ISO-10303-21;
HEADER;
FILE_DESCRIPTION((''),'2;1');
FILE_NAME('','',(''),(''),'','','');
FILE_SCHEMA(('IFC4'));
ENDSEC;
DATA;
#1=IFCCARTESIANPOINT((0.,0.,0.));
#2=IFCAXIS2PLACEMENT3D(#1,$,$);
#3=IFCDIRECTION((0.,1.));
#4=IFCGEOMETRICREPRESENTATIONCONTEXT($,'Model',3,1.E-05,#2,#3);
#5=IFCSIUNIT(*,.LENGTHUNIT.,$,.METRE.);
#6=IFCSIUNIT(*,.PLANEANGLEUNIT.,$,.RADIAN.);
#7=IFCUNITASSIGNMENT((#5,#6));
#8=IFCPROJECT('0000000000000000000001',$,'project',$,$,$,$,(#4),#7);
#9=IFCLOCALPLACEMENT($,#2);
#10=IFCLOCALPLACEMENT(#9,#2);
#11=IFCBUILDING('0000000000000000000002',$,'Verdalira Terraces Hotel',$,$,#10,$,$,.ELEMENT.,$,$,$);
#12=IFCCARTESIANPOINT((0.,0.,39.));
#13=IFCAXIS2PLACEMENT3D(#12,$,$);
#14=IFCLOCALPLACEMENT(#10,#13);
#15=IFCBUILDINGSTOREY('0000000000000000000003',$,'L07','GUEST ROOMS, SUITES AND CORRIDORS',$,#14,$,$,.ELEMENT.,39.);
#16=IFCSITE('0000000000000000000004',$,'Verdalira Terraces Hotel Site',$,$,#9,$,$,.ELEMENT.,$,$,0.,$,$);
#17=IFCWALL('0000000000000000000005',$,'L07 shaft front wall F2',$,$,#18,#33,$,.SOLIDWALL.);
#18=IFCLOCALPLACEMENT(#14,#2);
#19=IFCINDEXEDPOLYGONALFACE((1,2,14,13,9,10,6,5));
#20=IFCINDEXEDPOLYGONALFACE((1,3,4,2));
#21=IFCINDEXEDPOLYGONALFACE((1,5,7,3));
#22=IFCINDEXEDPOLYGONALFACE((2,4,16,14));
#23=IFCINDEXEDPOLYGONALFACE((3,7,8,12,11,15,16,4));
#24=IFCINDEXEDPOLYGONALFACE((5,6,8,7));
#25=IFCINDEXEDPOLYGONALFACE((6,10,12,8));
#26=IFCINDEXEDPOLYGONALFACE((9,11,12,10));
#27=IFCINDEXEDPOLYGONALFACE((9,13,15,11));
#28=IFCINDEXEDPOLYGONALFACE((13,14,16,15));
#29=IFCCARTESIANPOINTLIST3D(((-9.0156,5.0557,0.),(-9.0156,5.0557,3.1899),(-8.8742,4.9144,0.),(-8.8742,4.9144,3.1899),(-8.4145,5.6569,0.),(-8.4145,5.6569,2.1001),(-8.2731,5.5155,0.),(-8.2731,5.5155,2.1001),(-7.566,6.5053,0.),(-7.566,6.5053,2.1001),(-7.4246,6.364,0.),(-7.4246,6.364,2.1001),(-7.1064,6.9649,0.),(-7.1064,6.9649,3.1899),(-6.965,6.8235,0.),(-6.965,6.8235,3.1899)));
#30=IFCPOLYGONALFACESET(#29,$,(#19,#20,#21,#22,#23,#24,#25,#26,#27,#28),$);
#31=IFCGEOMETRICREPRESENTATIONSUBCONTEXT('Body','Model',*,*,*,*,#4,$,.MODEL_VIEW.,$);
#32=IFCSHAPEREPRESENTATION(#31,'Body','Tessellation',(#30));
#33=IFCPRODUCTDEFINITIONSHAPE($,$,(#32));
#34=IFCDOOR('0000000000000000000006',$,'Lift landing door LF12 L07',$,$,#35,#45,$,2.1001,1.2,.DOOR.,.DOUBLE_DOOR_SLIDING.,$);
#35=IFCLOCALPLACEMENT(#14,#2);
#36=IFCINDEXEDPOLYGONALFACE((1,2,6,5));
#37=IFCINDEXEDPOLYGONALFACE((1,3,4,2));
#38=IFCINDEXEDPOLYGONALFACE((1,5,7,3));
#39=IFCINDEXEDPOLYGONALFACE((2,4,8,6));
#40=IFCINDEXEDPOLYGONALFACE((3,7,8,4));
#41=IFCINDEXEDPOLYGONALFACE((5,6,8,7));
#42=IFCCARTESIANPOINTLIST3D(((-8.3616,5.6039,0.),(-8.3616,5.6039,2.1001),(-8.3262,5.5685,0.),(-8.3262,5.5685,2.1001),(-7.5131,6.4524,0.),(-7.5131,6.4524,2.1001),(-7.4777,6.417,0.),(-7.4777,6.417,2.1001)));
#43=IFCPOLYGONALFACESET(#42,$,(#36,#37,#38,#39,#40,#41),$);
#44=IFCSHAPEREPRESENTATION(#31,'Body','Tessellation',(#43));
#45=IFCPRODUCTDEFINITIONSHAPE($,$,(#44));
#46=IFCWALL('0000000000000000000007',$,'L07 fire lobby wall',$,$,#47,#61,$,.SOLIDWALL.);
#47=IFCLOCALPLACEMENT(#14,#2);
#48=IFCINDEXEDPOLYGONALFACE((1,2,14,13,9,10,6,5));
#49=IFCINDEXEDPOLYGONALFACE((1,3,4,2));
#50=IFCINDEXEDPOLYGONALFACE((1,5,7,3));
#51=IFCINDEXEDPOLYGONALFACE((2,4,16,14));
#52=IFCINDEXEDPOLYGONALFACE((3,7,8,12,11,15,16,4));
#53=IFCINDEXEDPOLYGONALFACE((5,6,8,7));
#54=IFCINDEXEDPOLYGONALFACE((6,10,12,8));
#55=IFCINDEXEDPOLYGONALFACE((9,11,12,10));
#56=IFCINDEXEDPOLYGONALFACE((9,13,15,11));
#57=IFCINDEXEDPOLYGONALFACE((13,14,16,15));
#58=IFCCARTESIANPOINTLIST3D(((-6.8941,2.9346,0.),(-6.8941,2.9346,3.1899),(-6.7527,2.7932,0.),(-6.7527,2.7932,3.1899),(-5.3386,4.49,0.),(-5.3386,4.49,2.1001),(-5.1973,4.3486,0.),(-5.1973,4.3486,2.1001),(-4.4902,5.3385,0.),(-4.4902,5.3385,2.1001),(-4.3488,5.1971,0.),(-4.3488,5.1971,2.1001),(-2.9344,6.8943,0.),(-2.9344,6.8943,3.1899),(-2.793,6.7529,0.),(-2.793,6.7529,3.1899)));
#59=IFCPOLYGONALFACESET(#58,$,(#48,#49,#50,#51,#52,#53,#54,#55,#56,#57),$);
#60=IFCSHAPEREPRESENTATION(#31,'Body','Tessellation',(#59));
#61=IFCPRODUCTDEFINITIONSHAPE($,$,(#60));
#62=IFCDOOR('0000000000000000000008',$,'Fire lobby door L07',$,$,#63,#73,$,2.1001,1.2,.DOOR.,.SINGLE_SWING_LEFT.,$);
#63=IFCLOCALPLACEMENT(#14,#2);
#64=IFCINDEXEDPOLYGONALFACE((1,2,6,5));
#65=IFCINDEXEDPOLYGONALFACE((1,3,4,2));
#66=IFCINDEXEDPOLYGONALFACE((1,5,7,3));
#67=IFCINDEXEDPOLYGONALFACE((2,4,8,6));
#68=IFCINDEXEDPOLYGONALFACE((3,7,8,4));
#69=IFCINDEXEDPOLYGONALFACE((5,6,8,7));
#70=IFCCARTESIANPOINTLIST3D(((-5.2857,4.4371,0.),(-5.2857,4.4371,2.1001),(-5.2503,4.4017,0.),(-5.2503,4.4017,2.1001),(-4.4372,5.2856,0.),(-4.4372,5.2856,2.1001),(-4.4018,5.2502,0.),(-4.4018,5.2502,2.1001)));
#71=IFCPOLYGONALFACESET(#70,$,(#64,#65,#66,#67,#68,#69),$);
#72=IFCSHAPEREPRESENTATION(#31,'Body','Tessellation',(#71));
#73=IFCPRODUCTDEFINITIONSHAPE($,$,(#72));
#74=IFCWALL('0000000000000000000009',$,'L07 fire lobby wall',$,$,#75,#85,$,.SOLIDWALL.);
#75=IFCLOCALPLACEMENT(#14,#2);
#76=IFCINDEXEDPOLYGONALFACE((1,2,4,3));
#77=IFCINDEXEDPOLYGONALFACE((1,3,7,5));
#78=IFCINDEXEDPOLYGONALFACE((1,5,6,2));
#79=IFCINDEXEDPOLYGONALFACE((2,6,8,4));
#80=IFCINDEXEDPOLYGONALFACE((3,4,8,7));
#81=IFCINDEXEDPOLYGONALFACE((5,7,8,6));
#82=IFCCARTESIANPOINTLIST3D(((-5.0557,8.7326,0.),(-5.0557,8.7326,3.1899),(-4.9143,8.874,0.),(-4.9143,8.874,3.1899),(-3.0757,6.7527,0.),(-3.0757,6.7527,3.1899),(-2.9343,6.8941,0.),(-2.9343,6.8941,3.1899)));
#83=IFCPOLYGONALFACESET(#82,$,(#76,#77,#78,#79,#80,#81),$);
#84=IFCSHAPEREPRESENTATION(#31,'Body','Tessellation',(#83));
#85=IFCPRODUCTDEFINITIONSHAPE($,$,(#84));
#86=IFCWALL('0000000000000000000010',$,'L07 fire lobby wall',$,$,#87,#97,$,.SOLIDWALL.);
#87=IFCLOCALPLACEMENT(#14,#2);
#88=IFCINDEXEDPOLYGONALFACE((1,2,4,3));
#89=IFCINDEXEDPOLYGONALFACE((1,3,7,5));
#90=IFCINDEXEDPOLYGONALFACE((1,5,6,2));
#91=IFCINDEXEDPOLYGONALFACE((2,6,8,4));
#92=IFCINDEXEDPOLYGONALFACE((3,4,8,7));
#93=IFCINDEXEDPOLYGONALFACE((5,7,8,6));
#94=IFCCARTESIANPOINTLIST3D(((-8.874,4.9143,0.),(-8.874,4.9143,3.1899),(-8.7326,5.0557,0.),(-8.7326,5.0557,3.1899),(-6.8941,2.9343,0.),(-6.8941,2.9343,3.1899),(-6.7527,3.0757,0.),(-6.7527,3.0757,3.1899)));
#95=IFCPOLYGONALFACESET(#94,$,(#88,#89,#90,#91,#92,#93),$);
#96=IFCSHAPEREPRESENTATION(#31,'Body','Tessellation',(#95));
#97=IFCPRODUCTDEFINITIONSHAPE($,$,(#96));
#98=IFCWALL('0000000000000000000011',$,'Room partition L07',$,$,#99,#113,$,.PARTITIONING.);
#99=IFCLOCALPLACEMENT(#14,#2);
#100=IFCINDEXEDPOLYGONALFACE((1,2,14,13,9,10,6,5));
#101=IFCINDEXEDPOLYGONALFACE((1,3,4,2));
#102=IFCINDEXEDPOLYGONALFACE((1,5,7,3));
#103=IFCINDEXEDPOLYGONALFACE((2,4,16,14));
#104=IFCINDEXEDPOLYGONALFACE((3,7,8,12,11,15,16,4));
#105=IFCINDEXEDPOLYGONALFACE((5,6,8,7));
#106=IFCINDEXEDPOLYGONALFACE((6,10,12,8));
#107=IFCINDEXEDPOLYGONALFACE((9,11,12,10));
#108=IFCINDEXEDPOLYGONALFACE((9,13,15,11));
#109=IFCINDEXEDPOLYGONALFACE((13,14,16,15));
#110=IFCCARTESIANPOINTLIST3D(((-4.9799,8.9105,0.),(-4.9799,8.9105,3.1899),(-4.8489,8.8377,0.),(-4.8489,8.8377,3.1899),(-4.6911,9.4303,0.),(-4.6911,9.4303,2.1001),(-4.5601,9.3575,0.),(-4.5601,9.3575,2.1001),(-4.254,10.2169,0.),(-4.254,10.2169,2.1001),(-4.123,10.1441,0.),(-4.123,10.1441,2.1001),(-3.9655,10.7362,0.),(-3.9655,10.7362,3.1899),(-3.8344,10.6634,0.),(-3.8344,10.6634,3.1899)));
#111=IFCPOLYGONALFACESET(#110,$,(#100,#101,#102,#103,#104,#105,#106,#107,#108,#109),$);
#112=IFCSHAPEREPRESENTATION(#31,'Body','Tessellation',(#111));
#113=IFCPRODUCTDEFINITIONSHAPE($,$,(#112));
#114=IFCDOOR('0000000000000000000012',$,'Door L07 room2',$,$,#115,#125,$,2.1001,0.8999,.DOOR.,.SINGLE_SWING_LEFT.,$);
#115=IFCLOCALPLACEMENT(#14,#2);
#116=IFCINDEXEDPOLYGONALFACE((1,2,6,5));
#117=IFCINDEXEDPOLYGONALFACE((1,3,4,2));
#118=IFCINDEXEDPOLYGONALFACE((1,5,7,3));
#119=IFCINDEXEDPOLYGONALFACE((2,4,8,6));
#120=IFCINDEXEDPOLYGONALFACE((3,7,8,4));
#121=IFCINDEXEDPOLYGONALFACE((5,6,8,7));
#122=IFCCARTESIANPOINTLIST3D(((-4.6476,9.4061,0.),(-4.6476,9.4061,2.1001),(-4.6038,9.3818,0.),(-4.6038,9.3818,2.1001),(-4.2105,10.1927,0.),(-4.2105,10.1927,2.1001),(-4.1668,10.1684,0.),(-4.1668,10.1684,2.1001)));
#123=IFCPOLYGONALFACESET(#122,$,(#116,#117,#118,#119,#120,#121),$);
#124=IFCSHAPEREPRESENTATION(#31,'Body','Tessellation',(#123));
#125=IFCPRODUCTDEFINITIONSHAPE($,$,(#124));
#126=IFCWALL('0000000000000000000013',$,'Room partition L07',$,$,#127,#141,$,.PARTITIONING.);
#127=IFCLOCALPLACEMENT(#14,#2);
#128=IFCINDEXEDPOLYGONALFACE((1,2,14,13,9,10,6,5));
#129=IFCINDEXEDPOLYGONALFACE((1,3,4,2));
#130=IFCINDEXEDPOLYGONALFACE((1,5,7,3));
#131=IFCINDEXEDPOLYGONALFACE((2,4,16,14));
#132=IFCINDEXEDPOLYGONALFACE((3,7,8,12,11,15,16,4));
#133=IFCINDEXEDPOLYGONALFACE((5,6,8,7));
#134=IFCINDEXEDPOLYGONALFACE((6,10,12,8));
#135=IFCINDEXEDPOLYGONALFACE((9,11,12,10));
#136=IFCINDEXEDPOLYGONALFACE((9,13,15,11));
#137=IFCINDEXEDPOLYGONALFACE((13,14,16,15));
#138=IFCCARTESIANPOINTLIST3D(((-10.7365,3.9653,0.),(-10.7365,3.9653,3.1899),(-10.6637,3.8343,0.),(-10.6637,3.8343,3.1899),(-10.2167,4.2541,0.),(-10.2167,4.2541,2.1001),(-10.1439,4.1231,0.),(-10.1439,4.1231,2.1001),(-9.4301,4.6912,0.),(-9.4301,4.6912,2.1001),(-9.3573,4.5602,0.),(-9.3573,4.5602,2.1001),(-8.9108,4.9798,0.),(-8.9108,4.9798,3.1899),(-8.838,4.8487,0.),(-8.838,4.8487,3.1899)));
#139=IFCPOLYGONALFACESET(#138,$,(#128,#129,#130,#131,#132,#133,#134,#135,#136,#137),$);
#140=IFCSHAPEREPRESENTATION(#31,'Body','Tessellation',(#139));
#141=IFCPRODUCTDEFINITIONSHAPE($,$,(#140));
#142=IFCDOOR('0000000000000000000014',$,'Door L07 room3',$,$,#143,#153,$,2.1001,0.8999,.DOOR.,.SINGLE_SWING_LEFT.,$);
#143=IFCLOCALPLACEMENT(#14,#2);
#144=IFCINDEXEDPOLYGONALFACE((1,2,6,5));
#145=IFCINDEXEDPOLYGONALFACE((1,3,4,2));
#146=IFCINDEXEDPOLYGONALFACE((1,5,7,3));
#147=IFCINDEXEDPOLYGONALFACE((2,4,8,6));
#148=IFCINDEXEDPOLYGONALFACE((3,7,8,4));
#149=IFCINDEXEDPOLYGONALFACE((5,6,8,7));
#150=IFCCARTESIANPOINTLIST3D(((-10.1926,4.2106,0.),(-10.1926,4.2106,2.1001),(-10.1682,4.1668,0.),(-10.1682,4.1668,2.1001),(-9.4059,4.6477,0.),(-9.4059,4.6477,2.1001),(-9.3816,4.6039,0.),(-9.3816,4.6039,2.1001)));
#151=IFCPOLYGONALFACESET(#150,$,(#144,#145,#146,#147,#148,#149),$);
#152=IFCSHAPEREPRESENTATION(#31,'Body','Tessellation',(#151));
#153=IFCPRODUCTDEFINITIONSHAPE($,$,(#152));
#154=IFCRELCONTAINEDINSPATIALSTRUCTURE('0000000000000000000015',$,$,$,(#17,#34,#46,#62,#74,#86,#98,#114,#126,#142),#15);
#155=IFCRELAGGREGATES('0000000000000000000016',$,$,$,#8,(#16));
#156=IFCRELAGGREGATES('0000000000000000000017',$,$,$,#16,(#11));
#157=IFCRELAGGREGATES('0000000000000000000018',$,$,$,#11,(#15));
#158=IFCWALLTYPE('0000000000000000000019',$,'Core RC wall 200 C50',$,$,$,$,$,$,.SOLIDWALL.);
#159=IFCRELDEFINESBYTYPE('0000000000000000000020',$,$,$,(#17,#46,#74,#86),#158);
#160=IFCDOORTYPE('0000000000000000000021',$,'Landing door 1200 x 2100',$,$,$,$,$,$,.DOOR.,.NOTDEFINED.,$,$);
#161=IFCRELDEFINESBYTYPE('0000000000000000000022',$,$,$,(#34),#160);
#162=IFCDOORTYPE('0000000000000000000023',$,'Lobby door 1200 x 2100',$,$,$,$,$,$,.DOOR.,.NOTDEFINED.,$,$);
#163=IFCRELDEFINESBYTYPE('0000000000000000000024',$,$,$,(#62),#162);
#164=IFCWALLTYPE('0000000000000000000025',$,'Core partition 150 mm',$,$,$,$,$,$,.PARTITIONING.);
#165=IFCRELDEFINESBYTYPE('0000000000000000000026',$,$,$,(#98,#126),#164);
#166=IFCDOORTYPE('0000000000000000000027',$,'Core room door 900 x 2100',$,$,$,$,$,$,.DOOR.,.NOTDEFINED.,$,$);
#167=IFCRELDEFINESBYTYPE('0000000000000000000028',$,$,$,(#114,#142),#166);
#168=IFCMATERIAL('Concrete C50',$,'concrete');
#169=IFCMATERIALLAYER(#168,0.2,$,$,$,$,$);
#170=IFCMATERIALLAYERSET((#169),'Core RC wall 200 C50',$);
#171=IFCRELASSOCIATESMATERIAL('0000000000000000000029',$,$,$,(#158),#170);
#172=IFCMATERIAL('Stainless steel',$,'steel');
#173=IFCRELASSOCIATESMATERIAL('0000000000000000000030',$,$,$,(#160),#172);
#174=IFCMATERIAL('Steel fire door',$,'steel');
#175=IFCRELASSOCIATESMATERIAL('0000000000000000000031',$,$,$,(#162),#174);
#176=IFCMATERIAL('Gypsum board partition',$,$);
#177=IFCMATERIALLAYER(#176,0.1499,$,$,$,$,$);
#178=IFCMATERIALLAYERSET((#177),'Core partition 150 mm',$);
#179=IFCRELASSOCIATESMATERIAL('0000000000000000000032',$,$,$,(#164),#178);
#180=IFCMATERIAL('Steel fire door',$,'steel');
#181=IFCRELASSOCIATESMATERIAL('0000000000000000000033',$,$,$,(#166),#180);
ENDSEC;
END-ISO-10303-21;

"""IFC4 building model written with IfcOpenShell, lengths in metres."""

from ifc_helpers import new_model, si_unit, direction, frame, frame_2d, origin, place, context, subcontext, project, spatial, rectangle, extrude, material, layer, layer_set, type_object, element, fill, save


model = new_model("IFC4")

# Units and contexts
model_context = context("Model", 3, precision=1e-05, world=origin(), true_north=direction((0.0, 1.0)))
body_context = subcontext(model_context, "Body", "Model", "MODEL_VIEW")
ifc_project = project(units=[si_unit("LENGTHUNIT", "METRE"), si_unit("PLANEANGLEUNIT", "RADIAN")], contexts=[model_context])

# Site, building, storey
site_placement = place(None, origin())
site = spatial("IfcSite", under=ifc_project, at=site_placement, Name="Verdalira Terraces Hotel Site", CompositionType="ELEMENT", RefElevation=0.0)
building_placement = place(site_placement, origin())
building = spatial("IfcBuilding", under=site, at=building_placement, Name="Verdalira Terraces Hotel", CompositionType="ELEMENT")
storey_placement = place(building_placement, frame((0.0, 0.0, 39.0)))
storey = spatial("IfcBuildingStorey", under=building, at=storey_placement, Name="L07", Description="GUEST ROOMS, SUITES AND CORRIDORS", CompositionType="ELEMENT", Elevation=39.0)

# Walls, openings, doors
ifc_material_1 = material(Name="Concrete C50", Category="concrete")
ifc_layer_1 = layer(ifc_material_1, 0.2)
ifc_layer_set_1 = layer_set([ifc_layer_1], Name="Core RC wall 200 C50")
wall_type_1 = type_object("IfcWallType", Name="Core RC wall 200 C50", PredefinedType="SOLIDWALL", material=ifc_layer_set_1)
ifc_material_2 = material(Name="Stainless steel", Category="steel")
door_type_1 = type_object("IfcDoorType", Name="Landing door 1200 x 2100", OperationType="NOTDEFINED", PredefinedType="DOOR", material=ifc_material_2)
wall_1_placement = place(storey_placement, frame((-7.0356, 6.8943, 0.0), z_axis=(0.0, 0.0, 1.0), x_axis=(-0.707107, -0.707107, 0.0)))
wall_1 = element("IfcWall", 1, at=wall_1_placement, inside=storey, type_object=wall_type_1, Name="L07 shaft front wall F2", PredefinedType="SOLIDWALL", context=body_context, shape_type="SweptSolid", body=[
    extrude(rectangle(XDim=2.7, YDim=0.2, at=frame_2d((1.3501, 0.0))), origin(), (0.0, 0.0, 1.0), 3.1899),
])
opening_1_placement = place(wall_1_placement, frame((0.6499, 0.0, 0.0)))
opening_1 = element("IfcOpeningElement", 2, at=opening_1_placement, cuts=wall_1, PredefinedType="OPENING", context=body_context, shape_type="SweptSolid", body=[
    extrude(rectangle(XDim=1.2, YDim=2.1001, at=frame_2d((0.6001, 1.05))), frame((0.0, 0.1099, 0.0), z_axis=(0.0, -1.0, 0.0), x_axis=(1.0, 0.0, 0.0)), (0.0, 0.0, 1.0), 0.22),
])
door_1_placement = place(opening_1_placement, origin())
door_1 = element("IfcDoor", 3, at=door_1_placement, inside=storey, type_object=door_type_1, Name="Lift landing door LF12 L07", OperationType="DOUBLE_DOOR_SLIDING", OverallHeight=2.1001, OverallWidth=1.2, PredefinedType="DOOR", context=body_context, shape_type="SweptSolid", body=[
    extrude(rectangle(XDim=1.2, YDim=2.1001, at=frame_2d((0.6001, 1.05))), frame((0.0, 0.0249, 0.0), z_axis=(0.0, -1.0, 0.0), x_axis=(1.0, 0.0, 0.0)), (0.0, 0.0, 1.0), 0.05),
])
fill(opening_1, door_1)
wall_2_placement = place(storey_placement, frame((-2.8638, 6.8235, 0.0), z_axis=(0.0, 0.0, 1.0), x_axis=(-0.707107, -0.707107, 0.0)))
wall_2 = element("IfcWall", 4, at=wall_2_placement, inside=storey, type_object=wall_type_1, Name="L07 fire lobby wall", PredefinedType="SOLIDWALL", context=body_context, shape_type="SweptSolid", body=[
    extrude(rectangle(XDim=5.5999, YDim=0.2, at=frame_2d((2.7998, 0.0))), origin(), (0.0, 0.0, 1.0), 3.1899),
])
opening_2_placement = place(wall_2_placement, frame((2.2, 0.0, 0.0)))
opening_2 = element("IfcOpeningElement", 5, at=opening_2_placement, cuts=wall_2, PredefinedType="OPENING", context=body_context, shape_type="SweptSolid", body=[
    extrude(rectangle(XDim=1.2, YDim=2.1001, at=frame_2d((0.6001, 1.05))), frame((0.0, 0.1099, 0.0), z_axis=(0.0, -1.0, 0.0), x_axis=(1.0, 0.0, 0.0)), (0.0, 0.0, 1.0), 0.22),
])
ifc_material_3 = material(Name="Steel fire door", Category="steel")
door_type_2 = type_object("IfcDoorType", Name="Lobby door 1200 x 2100", OperationType="NOTDEFINED", PredefinedType="DOOR", material=ifc_material_3)
door_2_placement = place(opening_2_placement, origin())
door_2 = element("IfcDoor", 6, at=door_2_placement, inside=storey, type_object=door_type_2, Name="Fire lobby door L07", OperationType="SINGLE_SWING_LEFT", OverallHeight=2.1001, OverallWidth=1.2, PredefinedType="DOOR", context=body_context, shape_type="SweptSolid", body=[
    extrude(rectangle(XDim=1.2, YDim=2.1001, at=frame_2d((0.6001, 1.05))), frame((0.0, 0.0249, 0.0), z_axis=(0.0, -1.0, 0.0), x_axis=(1.0, 0.0, 0.0)), (0.0, 0.0, 1.0), 0.05),
])
fill(opening_2, door_2)

# Walls
for number, where, z_axis, x_axis, name in (
    (7, (-3.0051, 6.8235, 0.0), (0.0, 0.0, 1.0), (-0.707107, 0.707107, 0.0), "L07 fire lobby wall"),
    (8, (-6.8235, 3.0051, 0.0), (0.0, 0.0, 1.0), (-0.707107, 0.707107, 0.0), "L07 fire lobby wall"),
):
    element("IfcWall", number, at=place(storey_placement, frame(where, z_axis=z_axis, x_axis=x_axis)), inside=storey, type_object=wall_type_1, Name=name, PredefinedType="SOLIDWALL", context=body_context, shape_type="SweptSolid", body=[
        extrude(rectangle(XDim=2.8, YDim=0.2, at=frame_2d((1.3999, 0.0))), origin(), (0.0, 0.0, 1.0), 3.1899),
    ])

# Walls, openings, doors
ifc_material_4 = material(Name="Gypsum board partition")
ifc_layer_2 = layer(ifc_material_4, 0.1499)
ifc_layer_set_2 = layer_set([ifc_layer_2], Name="Core partition 150 mm")
wall_type_2 = type_object("IfcWallType", Name="Core partition 150 mm", PredefinedType="PARTITIONING", material=ifc_layer_set_2)
wall_3_placement = place(storey_placement, frame((-3.8999, 10.7, 0.0), z_axis=(0.0, 0.0, 1.0), x_axis=(-0.485693, -0.87413, 0.0)))
wall_3 = element("IfcWall", 9, at=wall_3_placement, inside=storey, type_object=wall_type_2, Name="Room partition L07", PredefinedType="PARTITIONING", context=body_context, shape_type="SweptSolid", body=[
    extrude(rectangle(XDim=2.0886, YDim=0.1499, at=frame_2d((1.0444, 0.0))), origin(), (0.0, 0.0, 1.0), 3.1899),
])
opening_3_placement = place(wall_3_placement, frame((0.5942, 0.0, 0.0)))
opening_3 = element("IfcOpeningElement", 10, at=opening_3_placement, cuts=wall_3, PredefinedType="OPENING", context=body_context, shape_type="SweptSolid", body=[
    extrude(rectangle(XDim=0.8999, YDim=2.1001, at=frame_2d((0.45, 1.05))), frame((0.0, 0.085, 0.0), z_axis=(0.0, -1.0, 0.0), x_axis=(1.0, 0.0, 0.0)), (0.0, 0.0, 1.0), 0.1699),
])
ifc_material_5 = material(Name="Steel fire door", Category="steel")
door_type_3 = type_object("IfcDoorType", Name="Core room door 900 x 2100", OperationType="NOTDEFINED", PredefinedType="DOOR", material=ifc_material_5)
door_3_placement = place(opening_3_placement, origin())
door_3 = element("IfcDoor", 11, at=door_3_placement, inside=storey, type_object=door_type_3, Name="Door L07 room2", OperationType="SINGLE_SWING_LEFT", OverallHeight=2.1001, OverallWidth=0.8999, PredefinedType="DOOR", context=body_context, shape_type="SweptSolid", body=[
    extrude(rectangle(XDim=0.8999, YDim=2.1001, at=frame_2d((0.45, 1.05))), frame((0.0, 0.0249, 0.0), z_axis=(0.0, -1.0, 0.0), x_axis=(1.0, 0.0, 0.0)), (0.0, 0.0, 1.0), 0.05),
])
fill(opening_3, door_3)
wall_4_placement = place(storey_placement, frame((-8.8743, 4.9143, 0.0), z_axis=(0.0, 0.0, 1.0), x_axis=(-0.87413, -0.485693, 0.0)))
wall_4 = element("IfcWall", 12, at=wall_4_placement, inside=storey, type_object=wall_type_2, Name="Room partition L07", PredefinedType="PARTITIONING", context=body_context, shape_type="SweptSolid", body=[
    extrude(rectangle(XDim=2.0886, YDim=0.1499, at=frame_2d((1.0444, 0.0))), origin(), (0.0, 0.0, 1.0), 3.1899),
])
opening_4_placement = place(wall_4_placement, frame((0.5942, 0.0, 0.0)))
opening_4 = element("IfcOpeningElement", 13, at=opening_4_placement, cuts=wall_4, PredefinedType="OPENING", context=body_context, shape_type="SweptSolid", body=[
    extrude(rectangle(XDim=0.8999, YDim=2.1001, at=frame_2d((0.45, 1.05))), frame((0.0, 0.085, 0.0), z_axis=(0.0, -1.0, 0.0), x_axis=(1.0, 0.0, 0.0)), (0.0, 0.0, 1.0), 0.1699),
])
door_4_placement = place(opening_4_placement, origin())
door_4 = element("IfcDoor", 14, at=door_4_placement, inside=storey, type_object=door_type_3, Name="Door L07 room3", OperationType="SINGLE_SWING_LEFT", OverallHeight=2.1001, OverallWidth=0.8999, PredefinedType="DOOR", context=body_context, shape_type="SweptSolid", body=[
    extrude(rectangle(XDim=0.8999, YDim=2.1001, at=frame_2d((0.45, 1.05))), frame((0.0, 0.0249, 0.0), z_axis=(0.0, -1.0, 0.0), x_axis=(1.0, 0.0, 0.0)), (0.0, 0.0, 1.0), 0.05),
])
fill(opening_4, door_4)

save(model, "model.ifc")
